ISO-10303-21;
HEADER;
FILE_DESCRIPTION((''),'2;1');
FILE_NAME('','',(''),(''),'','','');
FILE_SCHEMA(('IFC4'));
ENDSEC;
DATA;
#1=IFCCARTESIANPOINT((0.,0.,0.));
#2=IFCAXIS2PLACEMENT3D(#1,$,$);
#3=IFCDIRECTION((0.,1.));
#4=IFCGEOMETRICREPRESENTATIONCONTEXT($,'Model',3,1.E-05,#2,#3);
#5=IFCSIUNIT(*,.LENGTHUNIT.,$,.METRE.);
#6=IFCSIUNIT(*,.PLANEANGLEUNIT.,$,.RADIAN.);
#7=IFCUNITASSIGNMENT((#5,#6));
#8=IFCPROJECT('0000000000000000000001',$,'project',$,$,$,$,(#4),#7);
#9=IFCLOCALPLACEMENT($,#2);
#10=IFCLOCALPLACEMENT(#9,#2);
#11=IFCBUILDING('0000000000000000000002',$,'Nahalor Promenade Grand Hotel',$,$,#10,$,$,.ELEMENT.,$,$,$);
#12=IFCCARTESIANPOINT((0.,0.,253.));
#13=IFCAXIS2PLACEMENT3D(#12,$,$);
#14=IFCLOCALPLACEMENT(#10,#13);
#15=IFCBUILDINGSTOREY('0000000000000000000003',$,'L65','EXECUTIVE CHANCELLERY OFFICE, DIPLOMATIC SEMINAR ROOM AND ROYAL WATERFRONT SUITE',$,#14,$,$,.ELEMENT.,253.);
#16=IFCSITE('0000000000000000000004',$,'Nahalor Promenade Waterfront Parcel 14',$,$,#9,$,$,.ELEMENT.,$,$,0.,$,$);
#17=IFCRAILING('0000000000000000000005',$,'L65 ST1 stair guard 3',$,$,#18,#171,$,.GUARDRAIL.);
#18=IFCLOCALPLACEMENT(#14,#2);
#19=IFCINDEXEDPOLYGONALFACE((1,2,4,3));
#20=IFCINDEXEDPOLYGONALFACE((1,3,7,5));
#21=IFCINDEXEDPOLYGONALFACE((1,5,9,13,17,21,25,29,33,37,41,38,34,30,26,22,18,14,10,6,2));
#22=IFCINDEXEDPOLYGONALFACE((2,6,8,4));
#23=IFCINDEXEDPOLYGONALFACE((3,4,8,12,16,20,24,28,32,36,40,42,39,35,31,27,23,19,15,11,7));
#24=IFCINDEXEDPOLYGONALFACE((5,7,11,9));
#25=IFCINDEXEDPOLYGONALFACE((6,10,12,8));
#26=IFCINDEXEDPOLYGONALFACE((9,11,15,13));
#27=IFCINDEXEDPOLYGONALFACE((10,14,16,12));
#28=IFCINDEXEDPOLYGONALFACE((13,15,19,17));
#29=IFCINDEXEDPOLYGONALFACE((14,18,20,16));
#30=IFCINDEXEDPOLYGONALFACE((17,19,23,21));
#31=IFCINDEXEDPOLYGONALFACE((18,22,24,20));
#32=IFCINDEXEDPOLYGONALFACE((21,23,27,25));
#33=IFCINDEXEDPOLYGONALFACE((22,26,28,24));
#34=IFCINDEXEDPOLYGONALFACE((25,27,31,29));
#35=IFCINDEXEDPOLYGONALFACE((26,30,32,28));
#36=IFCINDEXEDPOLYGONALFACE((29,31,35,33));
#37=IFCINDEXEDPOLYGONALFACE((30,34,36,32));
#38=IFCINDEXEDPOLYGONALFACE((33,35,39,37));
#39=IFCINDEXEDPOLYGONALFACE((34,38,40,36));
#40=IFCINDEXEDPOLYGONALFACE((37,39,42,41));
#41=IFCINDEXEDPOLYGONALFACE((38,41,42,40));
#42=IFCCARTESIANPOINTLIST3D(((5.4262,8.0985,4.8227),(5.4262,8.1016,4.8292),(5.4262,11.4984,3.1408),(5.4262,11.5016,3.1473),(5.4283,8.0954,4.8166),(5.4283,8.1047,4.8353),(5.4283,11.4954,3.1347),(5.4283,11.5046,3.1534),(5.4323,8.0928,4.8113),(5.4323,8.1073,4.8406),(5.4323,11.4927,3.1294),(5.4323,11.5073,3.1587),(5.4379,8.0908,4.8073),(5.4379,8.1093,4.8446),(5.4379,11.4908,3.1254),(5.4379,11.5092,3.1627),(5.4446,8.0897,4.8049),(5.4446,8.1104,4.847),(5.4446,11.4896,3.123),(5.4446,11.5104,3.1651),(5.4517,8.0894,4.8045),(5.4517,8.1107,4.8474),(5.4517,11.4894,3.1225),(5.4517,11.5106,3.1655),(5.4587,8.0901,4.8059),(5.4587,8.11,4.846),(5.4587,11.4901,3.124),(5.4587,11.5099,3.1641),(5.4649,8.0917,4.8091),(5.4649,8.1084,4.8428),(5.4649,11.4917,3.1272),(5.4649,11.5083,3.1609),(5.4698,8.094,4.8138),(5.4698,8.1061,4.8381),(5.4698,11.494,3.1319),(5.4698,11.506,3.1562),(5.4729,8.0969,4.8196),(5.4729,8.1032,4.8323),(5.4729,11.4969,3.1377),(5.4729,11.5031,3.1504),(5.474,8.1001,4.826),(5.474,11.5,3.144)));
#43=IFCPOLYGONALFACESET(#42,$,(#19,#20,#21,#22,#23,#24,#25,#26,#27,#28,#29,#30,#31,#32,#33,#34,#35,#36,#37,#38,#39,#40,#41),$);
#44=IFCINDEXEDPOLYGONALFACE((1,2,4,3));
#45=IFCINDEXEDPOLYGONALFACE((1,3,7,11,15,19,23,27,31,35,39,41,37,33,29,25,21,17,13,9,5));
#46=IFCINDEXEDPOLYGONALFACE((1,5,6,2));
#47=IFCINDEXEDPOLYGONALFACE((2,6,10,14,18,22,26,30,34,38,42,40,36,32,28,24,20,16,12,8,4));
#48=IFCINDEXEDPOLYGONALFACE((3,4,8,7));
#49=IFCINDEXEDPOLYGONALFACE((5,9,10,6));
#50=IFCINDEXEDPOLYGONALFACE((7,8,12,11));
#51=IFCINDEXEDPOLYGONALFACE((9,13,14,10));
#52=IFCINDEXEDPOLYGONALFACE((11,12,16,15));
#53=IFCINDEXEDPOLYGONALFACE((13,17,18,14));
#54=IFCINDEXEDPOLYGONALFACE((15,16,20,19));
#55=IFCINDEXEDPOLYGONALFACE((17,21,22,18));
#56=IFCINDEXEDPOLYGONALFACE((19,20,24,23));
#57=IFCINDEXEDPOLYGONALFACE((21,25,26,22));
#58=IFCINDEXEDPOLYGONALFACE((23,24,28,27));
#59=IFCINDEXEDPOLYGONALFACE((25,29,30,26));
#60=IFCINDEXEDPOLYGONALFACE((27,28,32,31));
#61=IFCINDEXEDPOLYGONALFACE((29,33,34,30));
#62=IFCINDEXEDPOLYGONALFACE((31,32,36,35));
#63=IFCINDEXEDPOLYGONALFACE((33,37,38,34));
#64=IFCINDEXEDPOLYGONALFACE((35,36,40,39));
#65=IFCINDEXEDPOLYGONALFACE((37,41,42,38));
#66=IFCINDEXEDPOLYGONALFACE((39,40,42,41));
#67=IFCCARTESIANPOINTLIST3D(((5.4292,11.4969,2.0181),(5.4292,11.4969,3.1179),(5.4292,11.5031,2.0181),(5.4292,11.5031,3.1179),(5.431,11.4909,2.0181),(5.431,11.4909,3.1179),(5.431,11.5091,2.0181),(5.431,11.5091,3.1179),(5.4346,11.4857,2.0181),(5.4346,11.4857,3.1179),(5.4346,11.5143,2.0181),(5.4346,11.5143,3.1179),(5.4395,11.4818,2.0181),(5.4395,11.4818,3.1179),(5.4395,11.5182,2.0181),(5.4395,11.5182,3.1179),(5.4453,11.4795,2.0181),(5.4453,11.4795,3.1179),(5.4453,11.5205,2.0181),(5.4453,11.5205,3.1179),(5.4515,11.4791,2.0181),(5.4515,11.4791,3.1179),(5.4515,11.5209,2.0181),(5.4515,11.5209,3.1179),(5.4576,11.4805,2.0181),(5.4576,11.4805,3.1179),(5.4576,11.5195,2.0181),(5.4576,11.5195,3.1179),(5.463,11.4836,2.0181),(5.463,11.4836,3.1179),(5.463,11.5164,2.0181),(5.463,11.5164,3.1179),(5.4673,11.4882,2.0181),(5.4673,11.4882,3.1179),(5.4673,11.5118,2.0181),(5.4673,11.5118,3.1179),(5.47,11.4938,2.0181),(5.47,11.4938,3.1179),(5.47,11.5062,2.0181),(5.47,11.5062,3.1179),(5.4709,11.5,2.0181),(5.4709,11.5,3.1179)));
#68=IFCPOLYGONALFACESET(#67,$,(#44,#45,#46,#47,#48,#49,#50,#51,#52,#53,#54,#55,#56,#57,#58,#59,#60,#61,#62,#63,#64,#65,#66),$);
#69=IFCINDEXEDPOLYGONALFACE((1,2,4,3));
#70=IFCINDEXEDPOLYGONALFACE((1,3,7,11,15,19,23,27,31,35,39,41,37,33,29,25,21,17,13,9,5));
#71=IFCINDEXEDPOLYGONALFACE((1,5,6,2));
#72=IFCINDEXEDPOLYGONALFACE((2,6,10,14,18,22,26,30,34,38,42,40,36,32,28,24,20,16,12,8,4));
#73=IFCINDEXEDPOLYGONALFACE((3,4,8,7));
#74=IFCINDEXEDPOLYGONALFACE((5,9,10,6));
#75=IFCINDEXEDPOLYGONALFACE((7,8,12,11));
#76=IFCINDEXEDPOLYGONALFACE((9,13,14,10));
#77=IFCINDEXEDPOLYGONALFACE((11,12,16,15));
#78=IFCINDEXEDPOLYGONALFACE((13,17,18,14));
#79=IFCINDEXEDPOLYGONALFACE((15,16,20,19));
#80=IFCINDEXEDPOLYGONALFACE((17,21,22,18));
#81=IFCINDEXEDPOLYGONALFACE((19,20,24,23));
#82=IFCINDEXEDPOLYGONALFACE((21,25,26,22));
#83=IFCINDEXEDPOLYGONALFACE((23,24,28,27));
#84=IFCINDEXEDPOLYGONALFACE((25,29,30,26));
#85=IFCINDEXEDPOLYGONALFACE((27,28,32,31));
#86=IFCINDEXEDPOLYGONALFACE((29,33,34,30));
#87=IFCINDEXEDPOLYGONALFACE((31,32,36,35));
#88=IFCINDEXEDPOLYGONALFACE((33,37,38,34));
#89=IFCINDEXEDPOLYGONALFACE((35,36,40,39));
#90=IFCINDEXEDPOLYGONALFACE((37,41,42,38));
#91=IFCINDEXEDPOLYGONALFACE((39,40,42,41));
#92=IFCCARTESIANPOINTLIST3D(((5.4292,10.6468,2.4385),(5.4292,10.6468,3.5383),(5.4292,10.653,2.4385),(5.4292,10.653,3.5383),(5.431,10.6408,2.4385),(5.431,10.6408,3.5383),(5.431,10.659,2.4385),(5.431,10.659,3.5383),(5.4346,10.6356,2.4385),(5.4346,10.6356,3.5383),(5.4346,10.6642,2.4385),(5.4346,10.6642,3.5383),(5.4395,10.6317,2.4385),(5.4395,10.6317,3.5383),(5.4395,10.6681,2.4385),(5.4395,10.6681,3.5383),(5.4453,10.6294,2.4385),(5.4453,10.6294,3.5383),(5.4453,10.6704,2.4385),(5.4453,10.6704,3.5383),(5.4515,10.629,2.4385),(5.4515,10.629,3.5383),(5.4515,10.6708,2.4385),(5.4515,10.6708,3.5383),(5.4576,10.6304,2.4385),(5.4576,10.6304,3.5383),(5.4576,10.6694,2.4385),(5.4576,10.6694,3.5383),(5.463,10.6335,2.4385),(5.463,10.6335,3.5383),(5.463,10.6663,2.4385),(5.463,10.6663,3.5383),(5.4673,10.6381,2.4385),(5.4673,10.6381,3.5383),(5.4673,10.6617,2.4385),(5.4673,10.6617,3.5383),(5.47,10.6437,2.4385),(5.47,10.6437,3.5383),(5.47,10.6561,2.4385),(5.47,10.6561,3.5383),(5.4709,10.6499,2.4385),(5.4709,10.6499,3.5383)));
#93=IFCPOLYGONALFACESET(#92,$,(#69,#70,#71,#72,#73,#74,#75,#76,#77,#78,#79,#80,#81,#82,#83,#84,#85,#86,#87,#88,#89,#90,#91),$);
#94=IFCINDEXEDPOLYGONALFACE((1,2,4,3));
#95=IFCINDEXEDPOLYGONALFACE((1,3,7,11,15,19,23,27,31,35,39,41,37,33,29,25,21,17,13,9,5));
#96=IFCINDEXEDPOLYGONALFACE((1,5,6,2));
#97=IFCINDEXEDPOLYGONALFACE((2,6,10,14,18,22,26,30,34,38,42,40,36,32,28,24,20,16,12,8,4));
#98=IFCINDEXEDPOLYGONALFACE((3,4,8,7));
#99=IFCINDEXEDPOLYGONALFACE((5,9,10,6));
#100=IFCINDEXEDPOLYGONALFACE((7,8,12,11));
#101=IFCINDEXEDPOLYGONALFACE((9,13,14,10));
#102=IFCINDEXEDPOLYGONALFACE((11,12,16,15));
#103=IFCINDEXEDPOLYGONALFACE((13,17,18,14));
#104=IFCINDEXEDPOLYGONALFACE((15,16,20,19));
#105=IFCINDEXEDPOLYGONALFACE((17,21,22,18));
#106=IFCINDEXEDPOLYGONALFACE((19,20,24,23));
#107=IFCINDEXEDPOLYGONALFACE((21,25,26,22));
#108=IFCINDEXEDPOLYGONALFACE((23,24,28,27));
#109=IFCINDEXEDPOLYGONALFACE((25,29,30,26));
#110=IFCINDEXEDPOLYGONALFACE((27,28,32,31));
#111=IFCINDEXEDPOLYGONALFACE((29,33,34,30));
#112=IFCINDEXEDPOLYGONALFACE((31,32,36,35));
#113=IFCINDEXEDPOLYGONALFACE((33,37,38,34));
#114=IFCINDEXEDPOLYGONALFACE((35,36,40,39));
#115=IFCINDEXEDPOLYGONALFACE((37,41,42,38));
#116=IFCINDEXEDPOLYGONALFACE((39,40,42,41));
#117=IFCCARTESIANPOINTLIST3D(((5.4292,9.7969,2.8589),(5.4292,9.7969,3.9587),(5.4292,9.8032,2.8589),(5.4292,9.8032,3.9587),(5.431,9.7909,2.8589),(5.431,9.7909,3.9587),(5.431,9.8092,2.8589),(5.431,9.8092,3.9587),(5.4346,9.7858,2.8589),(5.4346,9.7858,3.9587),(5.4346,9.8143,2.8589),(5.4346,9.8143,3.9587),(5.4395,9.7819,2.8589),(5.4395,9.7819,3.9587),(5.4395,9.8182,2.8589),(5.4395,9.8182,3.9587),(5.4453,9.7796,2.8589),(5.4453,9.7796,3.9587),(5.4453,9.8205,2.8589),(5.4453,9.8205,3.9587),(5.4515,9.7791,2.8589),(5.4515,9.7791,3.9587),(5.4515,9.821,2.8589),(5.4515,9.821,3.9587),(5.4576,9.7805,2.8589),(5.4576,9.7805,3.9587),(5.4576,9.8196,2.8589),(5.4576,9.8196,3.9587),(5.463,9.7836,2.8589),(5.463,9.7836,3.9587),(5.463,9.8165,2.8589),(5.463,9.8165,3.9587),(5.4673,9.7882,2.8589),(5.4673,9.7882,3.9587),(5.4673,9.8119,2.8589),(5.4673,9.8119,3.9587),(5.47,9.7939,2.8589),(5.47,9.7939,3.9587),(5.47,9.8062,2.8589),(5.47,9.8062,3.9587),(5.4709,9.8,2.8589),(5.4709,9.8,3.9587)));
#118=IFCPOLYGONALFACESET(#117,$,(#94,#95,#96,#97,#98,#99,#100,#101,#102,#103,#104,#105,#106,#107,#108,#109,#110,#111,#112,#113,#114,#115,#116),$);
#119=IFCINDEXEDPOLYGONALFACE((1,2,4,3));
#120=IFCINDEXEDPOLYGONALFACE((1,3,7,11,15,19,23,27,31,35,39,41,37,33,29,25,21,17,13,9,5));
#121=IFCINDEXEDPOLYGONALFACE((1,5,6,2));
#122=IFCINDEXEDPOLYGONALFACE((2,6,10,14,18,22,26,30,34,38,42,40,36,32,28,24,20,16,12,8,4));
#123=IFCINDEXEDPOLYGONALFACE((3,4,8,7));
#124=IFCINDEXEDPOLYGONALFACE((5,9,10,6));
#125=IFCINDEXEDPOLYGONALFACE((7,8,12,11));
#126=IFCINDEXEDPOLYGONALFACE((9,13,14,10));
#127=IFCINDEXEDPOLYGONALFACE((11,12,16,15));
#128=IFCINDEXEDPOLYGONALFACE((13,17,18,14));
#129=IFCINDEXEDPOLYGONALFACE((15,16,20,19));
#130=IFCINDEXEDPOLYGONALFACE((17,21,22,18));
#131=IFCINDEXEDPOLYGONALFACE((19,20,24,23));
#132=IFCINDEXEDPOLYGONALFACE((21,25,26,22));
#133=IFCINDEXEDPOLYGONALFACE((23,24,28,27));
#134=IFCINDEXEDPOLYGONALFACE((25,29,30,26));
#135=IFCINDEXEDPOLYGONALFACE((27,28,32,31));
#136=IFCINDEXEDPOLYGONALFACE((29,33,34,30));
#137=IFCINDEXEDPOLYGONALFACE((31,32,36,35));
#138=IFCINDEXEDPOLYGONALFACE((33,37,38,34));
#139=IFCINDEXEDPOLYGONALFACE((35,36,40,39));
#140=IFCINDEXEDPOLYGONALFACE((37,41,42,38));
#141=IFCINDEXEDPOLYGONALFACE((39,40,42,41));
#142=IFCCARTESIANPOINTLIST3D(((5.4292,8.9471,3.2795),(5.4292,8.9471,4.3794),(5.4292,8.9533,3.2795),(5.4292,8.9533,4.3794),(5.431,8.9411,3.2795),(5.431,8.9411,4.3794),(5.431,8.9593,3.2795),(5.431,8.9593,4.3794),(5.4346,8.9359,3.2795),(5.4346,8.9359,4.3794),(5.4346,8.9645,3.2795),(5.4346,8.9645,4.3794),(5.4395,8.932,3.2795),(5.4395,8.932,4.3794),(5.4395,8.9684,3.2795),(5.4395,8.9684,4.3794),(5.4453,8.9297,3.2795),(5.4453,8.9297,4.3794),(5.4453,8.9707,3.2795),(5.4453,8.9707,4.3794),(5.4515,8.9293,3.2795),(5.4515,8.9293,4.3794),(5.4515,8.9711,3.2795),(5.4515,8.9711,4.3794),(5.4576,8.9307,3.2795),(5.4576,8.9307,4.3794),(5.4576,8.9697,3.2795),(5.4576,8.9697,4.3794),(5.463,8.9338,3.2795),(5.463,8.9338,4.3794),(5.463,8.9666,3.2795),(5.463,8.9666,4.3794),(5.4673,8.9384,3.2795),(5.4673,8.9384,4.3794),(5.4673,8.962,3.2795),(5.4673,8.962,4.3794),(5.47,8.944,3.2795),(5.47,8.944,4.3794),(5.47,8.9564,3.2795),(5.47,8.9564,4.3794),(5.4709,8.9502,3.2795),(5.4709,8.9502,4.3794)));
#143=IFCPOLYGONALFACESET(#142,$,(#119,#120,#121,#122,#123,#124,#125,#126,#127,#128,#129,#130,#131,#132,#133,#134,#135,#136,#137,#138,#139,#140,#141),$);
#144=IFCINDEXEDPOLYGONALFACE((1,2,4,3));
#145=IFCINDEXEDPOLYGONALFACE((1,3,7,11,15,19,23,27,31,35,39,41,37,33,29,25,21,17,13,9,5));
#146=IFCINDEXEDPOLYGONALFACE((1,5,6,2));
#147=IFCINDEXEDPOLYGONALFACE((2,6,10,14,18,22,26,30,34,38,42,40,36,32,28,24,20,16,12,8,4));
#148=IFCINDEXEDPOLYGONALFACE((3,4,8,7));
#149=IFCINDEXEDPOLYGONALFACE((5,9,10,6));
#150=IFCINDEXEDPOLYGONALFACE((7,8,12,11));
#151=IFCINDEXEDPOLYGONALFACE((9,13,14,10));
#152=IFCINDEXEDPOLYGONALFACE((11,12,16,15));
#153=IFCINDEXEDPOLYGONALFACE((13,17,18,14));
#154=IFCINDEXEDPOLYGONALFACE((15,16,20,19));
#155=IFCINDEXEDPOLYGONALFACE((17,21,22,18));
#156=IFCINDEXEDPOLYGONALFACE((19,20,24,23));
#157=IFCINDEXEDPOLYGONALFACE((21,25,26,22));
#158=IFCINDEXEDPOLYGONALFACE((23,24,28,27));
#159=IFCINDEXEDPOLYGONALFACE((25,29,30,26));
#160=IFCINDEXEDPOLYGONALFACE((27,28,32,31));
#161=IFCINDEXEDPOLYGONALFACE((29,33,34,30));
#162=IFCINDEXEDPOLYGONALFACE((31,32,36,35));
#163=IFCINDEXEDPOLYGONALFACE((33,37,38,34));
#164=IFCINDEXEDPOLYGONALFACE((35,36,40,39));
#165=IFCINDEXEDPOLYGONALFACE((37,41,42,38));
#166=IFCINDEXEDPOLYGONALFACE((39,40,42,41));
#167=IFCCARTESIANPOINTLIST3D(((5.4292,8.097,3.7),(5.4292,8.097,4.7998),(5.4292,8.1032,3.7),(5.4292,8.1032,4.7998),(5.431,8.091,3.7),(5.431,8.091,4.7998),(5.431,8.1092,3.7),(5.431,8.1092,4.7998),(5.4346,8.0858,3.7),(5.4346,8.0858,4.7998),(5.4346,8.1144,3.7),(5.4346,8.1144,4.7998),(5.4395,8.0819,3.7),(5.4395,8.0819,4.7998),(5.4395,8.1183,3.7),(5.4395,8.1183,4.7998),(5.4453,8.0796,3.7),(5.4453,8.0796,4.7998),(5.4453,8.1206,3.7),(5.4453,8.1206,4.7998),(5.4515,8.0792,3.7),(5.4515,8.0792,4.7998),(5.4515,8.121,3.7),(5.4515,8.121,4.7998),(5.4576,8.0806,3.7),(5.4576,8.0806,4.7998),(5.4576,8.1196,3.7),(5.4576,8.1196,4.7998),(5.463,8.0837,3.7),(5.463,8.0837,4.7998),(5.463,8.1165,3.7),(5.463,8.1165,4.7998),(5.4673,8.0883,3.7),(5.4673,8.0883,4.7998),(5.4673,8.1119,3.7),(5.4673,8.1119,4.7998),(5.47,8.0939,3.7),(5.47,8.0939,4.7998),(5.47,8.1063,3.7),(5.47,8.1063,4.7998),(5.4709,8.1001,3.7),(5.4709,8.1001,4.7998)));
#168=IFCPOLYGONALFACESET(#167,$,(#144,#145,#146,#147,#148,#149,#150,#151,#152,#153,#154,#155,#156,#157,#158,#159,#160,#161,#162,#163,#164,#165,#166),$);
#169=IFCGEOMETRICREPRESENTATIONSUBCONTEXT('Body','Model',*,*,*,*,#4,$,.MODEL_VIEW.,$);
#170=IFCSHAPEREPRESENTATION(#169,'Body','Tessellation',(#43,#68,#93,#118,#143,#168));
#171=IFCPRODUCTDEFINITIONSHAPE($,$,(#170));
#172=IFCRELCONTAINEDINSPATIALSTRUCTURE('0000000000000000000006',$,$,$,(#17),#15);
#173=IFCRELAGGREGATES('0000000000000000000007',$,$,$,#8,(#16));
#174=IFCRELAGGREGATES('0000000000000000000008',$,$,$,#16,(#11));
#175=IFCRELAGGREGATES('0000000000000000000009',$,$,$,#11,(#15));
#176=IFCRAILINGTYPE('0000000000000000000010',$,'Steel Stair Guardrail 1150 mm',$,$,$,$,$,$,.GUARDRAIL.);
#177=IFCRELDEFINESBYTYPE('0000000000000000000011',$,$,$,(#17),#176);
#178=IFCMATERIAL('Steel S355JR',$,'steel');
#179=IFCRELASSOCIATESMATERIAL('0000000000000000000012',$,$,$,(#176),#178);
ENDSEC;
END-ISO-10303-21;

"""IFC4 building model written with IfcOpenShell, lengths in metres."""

from ifc_helpers import new_model, si_unit, direction, frame, origin, origin_2d, place, context, subcontext, project, spatial, circle, extrude, material, type_object, element, save


model = new_model("IFC4")

# Units and contexts
model_context = context("Model", 3, precision=1e-05, world=origin(), true_north=direction((0.0, 1.0)))
body_context = subcontext(model_context, "Body", "Model", "MODEL_VIEW")
ifc_project = project(units=[si_unit("LENGTHUNIT", "METRE"), si_unit("PLANEANGLEUNIT", "RADIAN")], contexts=[model_context])

# Site, building, storey
site_placement = place(None, origin())
site = spatial("IfcSite", under=ifc_project, at=site_placement, Name="Nahalor Promenade Waterfront Parcel 14", CompositionType="ELEMENT", RefElevation=0.0)
building_placement = place(site_placement, origin())
building = spatial("IfcBuilding", under=site, at=building_placement, Name="Nahalor Promenade Grand Hotel", CompositionType="ELEMENT")
storey_placement = place(building_placement, frame((0.0, 0.0, 253.0)))
storey = spatial("IfcBuildingStorey", under=building, at=storey_placement, Name="L65", Description="EXECUTIVE CHANCELLERY OFFICE, DIPLOMATIC SEMINAR ROOM AND ROYAL WATERFRONT SUITE", CompositionType="ELEMENT", Elevation=253.0)

# Shared definitions
ifc_material_1 = material(Name="Steel S355JR", Category="steel")

# Railing
railing_type_1 = type_object("IfcRailingType", Name="Steel Stair Guardrail 1150 mm", PredefinedType="GUARDRAIL", material=ifc_material_1)
railing_1_placement = place(storey_placement, frame((5.45, 11.5, 2.0181)))
element("IfcRailing", 1, at=railing_1_placement, inside=storey, type_object=railing_type_1, Name="L65 ST1 stair guard 3", PredefinedType="GUARDRAIL", context=body_context, shape_type="SweptSolid", body=[
    extrude(circle(Radius=0.024, at=origin_2d()), frame((0.0, 0.0, 1.126), z_axis=(0.0, -0.896324, 0.443399), x_axis=(1.0, 0.0, 0.0)), (0.0, 0.0, 1.0), 3.7932),
    extrude(circle(Radius=0.021, at=origin_2d()), origin(), (0.0, 0.0, 1.0), 1.0999),
    extrude(circle(Radius=0.021, at=origin_2d()), frame((0.0, -0.8501, 0.4204)), (0.0, 0.0, 1.0), 1.0999),
    extrude(circle(Radius=0.021, at=origin_2d()), frame((0.0, -1.7, 0.8408)), (0.0, 0.0, 1.0), 1.0999),
    extrude(circle(Radius=0.021, at=origin_2d()), frame((0.0, -2.5498, 1.2615)), (0.0, 0.0, 1.0), 1.0999),
    extrude(circle(Radius=0.021, at=origin_2d()), frame((0.0, -3.3999, 1.6819)), (0.0, 0.0, 1.0), 1.0999),
])

save(model, "model.ifc")
